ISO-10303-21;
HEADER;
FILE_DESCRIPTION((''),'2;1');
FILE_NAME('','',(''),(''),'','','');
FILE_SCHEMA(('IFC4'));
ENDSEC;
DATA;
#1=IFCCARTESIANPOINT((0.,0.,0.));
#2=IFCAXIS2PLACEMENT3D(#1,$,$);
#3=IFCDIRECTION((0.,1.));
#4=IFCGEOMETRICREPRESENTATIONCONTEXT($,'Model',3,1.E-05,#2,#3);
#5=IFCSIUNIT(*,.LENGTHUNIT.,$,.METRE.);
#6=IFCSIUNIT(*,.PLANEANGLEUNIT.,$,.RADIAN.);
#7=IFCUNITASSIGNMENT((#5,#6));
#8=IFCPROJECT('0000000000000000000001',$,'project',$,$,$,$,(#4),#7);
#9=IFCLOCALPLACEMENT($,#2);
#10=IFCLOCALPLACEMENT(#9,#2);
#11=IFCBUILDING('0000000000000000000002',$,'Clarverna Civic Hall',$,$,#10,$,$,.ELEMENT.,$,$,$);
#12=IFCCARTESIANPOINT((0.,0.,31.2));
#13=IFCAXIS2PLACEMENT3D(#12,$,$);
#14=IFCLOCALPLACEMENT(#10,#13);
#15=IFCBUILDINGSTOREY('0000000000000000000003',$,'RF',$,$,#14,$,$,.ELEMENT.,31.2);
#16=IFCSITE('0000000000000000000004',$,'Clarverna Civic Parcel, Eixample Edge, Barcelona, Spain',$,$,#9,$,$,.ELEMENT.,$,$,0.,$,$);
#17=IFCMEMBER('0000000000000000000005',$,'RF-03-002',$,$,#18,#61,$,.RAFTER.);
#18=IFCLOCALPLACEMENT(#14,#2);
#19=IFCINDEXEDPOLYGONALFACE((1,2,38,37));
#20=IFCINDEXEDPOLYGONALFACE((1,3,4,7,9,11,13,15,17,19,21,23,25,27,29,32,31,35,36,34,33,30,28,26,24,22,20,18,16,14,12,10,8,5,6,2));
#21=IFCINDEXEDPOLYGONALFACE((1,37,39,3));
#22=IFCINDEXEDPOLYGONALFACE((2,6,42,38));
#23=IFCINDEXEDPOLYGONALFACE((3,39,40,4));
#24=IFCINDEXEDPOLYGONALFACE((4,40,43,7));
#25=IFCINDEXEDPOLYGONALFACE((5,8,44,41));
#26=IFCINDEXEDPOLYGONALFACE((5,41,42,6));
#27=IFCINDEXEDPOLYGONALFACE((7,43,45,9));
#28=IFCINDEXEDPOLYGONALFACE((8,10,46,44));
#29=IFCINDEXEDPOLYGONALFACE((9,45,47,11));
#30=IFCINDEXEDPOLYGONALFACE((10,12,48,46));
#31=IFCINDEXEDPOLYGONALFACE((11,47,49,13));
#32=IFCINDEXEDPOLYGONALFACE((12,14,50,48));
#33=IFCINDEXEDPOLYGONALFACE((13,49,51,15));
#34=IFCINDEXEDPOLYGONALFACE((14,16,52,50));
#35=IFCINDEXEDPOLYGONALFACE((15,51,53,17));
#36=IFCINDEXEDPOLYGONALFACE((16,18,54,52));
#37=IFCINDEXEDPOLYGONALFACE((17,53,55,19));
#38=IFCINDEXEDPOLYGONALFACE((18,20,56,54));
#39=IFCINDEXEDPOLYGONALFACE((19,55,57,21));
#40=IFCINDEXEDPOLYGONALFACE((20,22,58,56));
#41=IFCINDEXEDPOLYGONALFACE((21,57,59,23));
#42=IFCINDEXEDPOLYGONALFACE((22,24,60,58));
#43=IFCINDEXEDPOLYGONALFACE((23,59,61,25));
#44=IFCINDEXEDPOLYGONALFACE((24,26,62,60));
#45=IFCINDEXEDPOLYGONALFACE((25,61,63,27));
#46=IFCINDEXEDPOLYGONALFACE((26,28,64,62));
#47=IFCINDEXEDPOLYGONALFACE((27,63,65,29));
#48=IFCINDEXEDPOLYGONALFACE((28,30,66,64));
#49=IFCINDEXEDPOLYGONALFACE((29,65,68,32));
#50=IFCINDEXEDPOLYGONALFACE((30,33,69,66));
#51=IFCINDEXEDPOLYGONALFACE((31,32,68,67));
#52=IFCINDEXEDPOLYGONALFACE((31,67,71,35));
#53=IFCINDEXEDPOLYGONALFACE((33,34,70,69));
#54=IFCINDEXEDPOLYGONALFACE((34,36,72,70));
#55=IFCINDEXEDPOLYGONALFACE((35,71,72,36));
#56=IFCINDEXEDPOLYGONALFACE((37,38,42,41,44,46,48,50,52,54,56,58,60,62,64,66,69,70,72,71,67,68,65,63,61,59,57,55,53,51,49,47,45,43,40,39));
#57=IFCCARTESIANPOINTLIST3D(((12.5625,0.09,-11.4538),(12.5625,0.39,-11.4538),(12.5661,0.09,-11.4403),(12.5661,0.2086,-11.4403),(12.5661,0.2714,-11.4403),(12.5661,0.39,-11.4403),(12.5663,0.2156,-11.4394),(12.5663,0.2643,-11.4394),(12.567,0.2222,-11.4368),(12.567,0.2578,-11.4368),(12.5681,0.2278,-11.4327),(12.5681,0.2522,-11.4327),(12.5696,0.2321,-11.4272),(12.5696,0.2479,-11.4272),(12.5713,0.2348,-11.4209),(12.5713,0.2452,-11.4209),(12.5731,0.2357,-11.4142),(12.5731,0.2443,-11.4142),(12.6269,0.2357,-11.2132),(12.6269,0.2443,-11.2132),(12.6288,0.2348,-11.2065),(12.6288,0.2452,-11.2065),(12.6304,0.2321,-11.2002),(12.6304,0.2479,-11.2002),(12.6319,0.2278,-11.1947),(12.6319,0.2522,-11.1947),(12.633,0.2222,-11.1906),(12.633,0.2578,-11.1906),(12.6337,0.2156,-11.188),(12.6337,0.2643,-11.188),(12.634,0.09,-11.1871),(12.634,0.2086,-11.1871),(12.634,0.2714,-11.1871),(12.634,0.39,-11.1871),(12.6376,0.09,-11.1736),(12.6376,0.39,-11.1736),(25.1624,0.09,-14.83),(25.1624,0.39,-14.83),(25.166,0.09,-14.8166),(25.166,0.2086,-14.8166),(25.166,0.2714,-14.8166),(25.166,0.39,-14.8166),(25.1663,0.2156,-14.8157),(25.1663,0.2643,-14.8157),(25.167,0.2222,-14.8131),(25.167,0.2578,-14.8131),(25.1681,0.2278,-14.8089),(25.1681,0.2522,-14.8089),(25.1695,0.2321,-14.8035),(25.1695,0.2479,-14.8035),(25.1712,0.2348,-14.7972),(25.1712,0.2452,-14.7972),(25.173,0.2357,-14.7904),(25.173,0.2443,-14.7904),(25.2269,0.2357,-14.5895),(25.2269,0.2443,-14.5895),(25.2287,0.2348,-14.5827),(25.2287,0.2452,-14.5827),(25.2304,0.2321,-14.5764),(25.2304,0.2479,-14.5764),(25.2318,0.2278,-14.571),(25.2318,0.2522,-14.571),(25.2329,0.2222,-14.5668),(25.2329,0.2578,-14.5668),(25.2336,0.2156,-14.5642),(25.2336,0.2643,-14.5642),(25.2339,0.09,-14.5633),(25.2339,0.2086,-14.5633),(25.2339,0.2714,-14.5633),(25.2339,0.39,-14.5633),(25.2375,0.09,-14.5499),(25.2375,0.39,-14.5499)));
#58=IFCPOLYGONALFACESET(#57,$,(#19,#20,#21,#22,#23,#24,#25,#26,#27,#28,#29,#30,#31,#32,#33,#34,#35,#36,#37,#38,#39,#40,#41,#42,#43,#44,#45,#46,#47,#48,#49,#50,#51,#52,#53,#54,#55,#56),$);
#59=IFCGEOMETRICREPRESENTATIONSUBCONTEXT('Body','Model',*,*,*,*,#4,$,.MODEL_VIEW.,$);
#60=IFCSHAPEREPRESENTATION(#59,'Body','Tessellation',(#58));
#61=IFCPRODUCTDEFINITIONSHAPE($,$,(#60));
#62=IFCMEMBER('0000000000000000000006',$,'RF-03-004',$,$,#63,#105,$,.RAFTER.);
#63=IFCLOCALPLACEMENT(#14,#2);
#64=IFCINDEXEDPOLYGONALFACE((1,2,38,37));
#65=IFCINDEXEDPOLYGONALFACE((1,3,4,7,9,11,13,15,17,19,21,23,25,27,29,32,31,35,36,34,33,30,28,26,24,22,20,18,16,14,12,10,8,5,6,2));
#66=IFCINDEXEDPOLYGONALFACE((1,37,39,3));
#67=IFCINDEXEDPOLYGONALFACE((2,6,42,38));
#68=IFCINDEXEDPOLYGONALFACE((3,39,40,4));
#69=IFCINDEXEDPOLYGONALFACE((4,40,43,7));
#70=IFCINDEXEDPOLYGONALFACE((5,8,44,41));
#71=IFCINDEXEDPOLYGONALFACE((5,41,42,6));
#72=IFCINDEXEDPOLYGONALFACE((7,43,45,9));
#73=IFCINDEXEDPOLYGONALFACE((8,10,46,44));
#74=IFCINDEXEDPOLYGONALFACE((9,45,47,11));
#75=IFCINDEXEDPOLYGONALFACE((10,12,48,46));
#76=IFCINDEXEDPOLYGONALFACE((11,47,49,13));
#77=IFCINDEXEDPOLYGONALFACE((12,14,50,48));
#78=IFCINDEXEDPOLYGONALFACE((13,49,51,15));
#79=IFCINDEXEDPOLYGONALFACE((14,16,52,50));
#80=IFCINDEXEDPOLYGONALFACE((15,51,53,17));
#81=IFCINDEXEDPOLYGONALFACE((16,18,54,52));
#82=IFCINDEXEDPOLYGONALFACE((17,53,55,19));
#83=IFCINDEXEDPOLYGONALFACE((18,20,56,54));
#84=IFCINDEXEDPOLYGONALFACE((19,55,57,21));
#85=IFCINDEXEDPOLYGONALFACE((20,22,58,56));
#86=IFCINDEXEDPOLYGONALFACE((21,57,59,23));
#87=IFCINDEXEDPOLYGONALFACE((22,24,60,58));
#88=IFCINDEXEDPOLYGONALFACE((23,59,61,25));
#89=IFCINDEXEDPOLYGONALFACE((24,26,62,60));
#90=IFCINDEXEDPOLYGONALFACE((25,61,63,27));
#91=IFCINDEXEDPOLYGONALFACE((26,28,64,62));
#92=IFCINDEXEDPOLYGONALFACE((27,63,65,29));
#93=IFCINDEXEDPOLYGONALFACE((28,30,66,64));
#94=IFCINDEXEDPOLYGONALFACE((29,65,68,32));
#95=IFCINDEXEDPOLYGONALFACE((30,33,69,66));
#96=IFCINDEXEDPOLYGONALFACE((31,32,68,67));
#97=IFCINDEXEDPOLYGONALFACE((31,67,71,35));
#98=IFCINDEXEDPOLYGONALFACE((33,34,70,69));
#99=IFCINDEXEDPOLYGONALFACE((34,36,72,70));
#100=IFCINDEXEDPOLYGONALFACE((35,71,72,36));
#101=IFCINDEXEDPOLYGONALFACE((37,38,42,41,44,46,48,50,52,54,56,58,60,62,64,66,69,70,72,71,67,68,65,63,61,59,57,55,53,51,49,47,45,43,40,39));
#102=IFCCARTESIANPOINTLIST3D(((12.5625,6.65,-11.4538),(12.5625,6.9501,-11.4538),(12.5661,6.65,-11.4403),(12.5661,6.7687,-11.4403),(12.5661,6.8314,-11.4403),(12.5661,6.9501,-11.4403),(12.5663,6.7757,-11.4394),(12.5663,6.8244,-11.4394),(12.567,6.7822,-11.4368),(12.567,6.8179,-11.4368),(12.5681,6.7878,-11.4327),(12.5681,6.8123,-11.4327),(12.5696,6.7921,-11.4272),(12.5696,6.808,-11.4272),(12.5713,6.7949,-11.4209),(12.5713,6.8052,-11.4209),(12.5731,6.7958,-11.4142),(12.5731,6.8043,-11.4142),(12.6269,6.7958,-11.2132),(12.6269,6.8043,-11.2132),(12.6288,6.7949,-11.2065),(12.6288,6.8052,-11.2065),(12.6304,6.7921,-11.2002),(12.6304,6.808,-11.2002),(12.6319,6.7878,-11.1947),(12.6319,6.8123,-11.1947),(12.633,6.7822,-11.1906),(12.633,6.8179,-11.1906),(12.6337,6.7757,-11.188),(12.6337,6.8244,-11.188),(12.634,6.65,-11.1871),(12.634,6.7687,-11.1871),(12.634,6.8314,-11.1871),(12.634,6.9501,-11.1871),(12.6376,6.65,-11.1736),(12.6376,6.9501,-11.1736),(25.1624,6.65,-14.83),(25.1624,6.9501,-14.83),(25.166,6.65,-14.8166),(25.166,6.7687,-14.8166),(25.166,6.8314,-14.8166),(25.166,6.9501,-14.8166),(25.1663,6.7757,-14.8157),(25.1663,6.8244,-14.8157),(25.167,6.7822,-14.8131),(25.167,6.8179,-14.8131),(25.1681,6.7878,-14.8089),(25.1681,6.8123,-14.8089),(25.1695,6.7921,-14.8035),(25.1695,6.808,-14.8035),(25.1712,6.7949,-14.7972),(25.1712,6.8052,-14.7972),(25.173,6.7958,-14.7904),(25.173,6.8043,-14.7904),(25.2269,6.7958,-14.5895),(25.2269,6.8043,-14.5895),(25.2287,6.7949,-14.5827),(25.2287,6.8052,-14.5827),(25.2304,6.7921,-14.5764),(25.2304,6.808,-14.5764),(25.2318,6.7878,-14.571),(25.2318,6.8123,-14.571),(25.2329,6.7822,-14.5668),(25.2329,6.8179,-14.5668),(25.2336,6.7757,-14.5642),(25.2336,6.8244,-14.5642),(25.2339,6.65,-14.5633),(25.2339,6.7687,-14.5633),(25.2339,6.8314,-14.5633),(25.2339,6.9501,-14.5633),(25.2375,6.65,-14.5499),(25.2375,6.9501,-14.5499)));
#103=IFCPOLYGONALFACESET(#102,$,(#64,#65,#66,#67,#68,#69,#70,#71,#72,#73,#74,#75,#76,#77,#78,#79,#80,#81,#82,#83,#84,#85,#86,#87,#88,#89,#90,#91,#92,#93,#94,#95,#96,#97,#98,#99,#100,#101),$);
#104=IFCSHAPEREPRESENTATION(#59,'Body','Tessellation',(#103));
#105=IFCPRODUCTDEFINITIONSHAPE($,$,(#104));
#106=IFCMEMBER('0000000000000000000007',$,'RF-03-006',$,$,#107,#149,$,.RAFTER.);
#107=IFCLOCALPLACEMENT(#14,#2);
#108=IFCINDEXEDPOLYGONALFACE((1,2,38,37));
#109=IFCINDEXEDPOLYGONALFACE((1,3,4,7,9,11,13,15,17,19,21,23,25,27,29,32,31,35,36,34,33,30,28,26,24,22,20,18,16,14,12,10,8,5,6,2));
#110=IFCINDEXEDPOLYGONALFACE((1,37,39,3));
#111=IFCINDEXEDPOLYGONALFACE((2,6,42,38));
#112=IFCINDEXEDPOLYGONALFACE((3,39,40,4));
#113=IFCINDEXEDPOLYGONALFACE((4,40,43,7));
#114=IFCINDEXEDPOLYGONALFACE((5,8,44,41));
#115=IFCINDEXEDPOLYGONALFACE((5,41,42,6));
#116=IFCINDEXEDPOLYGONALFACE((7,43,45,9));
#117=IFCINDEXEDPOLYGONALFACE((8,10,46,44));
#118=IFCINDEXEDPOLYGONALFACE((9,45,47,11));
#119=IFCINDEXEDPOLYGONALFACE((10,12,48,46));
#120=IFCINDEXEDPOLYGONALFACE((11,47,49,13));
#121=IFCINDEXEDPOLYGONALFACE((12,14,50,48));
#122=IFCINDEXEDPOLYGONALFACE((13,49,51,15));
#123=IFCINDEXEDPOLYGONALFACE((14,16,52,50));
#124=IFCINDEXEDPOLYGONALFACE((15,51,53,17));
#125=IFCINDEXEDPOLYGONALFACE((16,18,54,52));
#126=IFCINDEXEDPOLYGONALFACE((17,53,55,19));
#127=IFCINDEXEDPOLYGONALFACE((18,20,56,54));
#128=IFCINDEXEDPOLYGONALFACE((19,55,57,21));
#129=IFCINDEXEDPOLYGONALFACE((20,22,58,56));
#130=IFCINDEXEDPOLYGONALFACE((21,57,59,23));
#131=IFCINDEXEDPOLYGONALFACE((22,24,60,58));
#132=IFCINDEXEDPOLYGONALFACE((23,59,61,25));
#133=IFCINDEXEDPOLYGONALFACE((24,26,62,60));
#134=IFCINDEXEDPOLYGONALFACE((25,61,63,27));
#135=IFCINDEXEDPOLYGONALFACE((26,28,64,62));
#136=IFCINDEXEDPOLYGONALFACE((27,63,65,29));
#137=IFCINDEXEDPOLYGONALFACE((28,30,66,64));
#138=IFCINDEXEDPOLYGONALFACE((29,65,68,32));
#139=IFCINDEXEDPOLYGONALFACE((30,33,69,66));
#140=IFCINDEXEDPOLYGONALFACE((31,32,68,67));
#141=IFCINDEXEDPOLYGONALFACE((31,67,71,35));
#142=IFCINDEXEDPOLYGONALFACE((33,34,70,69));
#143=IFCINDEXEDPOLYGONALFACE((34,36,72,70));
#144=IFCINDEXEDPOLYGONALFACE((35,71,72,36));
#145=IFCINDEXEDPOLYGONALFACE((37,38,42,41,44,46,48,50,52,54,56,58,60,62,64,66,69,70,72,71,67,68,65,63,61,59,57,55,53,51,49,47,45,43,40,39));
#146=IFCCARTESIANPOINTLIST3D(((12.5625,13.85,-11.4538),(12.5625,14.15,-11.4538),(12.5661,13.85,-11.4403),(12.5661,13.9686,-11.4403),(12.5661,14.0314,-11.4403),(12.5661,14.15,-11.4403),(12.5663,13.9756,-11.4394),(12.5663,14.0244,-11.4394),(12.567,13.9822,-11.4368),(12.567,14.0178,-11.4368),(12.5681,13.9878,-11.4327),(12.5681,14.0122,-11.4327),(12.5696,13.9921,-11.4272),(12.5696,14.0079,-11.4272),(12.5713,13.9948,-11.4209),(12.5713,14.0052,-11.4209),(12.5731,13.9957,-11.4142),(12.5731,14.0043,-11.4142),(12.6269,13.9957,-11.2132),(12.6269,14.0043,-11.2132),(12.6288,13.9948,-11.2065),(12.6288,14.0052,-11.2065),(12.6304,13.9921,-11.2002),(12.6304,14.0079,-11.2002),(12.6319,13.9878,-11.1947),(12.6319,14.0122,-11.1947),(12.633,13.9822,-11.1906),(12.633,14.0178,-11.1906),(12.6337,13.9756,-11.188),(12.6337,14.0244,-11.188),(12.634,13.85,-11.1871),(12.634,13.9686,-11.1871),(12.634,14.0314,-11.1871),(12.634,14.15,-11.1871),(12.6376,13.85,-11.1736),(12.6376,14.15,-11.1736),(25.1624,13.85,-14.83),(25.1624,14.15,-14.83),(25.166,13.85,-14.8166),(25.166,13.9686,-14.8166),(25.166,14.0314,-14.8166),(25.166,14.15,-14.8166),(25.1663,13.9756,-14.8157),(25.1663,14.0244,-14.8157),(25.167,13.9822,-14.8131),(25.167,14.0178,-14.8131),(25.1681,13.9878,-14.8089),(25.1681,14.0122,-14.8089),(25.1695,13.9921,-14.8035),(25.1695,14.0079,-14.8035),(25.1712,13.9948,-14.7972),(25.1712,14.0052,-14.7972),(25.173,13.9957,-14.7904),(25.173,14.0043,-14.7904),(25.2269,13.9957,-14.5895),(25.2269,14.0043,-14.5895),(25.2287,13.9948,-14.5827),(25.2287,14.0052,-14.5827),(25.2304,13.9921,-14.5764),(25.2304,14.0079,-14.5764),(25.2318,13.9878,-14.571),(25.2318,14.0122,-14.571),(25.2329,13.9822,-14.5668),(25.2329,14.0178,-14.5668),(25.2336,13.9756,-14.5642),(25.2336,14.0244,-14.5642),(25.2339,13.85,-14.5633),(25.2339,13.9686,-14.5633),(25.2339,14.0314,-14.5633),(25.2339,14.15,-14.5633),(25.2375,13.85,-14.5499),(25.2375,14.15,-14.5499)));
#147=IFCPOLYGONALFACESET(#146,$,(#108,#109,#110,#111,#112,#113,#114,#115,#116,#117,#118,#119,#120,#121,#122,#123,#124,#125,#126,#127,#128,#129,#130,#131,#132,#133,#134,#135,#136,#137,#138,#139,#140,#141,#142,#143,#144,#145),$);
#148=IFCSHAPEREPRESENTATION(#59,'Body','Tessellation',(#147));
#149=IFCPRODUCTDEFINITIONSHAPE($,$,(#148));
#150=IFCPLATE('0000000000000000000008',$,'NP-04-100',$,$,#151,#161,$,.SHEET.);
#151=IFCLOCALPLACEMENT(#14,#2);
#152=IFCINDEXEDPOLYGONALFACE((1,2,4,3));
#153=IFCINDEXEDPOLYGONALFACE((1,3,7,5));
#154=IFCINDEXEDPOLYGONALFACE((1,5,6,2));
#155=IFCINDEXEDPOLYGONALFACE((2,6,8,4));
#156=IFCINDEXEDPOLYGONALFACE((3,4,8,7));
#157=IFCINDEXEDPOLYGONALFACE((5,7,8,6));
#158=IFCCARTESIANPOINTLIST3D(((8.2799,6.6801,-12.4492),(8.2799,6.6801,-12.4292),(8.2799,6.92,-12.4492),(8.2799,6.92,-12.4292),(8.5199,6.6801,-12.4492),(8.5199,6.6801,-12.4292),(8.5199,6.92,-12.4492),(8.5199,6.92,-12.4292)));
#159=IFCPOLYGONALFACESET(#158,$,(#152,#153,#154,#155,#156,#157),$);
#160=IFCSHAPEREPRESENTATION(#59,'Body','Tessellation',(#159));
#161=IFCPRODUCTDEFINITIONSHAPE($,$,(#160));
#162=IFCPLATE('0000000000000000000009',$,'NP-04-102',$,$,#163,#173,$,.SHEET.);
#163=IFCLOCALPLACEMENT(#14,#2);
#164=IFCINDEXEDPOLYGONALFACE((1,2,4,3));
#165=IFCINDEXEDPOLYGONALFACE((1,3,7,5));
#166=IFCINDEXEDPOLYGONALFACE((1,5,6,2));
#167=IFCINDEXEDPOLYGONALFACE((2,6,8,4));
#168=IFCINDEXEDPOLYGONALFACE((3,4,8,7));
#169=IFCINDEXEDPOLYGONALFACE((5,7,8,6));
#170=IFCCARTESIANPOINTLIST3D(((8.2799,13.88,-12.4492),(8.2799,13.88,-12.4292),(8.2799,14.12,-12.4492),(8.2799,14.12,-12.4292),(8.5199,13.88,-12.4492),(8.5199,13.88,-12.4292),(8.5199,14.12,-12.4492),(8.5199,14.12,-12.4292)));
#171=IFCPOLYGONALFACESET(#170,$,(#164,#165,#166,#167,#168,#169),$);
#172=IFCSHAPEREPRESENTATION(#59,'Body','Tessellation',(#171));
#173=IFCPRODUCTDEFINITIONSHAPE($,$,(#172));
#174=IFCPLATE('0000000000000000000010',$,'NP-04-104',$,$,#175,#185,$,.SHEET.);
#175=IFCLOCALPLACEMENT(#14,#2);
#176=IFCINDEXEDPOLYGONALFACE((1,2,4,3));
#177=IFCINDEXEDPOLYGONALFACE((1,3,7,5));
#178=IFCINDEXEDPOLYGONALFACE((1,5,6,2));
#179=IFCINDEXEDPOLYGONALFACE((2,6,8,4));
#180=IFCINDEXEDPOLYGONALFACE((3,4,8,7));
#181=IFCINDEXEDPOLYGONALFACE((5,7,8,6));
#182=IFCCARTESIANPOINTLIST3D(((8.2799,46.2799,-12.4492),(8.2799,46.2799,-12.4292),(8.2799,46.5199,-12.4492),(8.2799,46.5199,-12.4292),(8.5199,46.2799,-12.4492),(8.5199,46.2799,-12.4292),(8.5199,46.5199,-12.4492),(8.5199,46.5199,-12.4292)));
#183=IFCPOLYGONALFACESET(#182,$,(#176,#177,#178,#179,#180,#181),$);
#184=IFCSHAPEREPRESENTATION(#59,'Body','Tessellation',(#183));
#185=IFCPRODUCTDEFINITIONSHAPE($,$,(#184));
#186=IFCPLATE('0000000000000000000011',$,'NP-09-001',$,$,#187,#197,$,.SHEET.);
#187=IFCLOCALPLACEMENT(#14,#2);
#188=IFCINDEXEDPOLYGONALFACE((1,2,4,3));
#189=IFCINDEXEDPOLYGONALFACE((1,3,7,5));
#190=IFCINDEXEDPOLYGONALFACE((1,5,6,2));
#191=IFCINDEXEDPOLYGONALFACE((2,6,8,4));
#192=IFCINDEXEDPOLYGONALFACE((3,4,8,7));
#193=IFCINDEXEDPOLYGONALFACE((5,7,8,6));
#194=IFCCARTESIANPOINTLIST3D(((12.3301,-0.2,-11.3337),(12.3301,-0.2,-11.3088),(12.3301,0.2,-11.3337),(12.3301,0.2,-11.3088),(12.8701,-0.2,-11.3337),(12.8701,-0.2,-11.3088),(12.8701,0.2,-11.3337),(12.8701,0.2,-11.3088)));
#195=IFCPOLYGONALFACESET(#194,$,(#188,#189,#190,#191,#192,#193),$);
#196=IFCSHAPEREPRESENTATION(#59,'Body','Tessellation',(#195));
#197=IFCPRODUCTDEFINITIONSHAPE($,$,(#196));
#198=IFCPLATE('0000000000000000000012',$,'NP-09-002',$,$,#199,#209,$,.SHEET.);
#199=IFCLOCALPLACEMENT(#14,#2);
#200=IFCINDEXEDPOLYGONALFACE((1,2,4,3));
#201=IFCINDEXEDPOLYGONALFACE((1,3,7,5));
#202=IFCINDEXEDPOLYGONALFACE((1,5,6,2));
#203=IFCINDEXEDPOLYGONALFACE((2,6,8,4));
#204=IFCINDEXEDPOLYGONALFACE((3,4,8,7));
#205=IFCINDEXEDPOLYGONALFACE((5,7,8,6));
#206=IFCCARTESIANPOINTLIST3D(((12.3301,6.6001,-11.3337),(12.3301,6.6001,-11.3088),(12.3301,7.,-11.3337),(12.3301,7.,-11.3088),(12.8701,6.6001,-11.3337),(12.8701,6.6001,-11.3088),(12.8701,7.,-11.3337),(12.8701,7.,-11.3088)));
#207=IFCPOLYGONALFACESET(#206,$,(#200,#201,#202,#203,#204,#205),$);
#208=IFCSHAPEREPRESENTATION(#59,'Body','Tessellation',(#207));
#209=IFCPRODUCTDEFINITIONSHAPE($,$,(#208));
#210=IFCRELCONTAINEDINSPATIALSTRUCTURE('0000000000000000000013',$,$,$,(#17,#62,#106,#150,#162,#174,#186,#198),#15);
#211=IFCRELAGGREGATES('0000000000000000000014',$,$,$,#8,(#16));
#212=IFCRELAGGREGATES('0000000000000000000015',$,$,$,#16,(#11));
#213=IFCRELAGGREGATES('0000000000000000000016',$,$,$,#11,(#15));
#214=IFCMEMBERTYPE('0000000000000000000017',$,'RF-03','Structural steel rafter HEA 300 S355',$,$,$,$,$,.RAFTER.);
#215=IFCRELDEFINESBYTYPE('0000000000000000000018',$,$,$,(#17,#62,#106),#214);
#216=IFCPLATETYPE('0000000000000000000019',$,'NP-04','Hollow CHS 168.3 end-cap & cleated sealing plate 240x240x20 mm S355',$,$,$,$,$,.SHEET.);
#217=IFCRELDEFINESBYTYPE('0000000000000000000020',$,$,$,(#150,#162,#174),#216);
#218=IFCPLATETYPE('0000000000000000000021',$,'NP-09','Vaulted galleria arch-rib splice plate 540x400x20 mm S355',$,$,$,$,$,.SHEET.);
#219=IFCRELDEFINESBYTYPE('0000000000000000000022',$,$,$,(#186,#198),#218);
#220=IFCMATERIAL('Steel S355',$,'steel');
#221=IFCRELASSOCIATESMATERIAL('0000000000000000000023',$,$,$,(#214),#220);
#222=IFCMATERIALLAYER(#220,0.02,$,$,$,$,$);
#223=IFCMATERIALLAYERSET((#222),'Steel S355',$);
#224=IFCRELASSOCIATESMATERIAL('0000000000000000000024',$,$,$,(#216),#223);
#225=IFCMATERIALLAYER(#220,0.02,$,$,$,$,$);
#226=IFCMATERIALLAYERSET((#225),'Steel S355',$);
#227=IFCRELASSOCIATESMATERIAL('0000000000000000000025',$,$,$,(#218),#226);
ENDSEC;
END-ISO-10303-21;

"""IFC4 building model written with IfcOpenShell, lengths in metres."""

from ifc_helpers import new_model, si_unit, direction, frame, origin, origin_2d, place, context, subcontext, project, spatial, rectangle, i_section, extrude, material, layer, layer_set, material_profile, profile_set, type_object, element, save


model = new_model("IFC4")

# Units and contexts
model_context = context("Model", 3, precision=1e-05, world=origin(), true_north=direction((0.0, 1.0)))
body_context = subcontext(model_context, "Body", "Model", "MODEL_VIEW")
ifc_project = project(units=[si_unit("LENGTHUNIT", "METRE"), si_unit("PLANEANGLEUNIT", "RADIAN")], contexts=[model_context])

# Site, building, storey
site_placement = place(None, origin())
site = spatial("IfcSite", under=ifc_project, at=site_placement, Name="Clarverna Civic Parcel, Eixample Edge, Barcelona, Spain", CompositionType="ELEMENT", RefElevation=0.0)
building_placement = place(site_placement, origin())
building = spatial("IfcBuilding", under=site, at=building_placement, Name="Clarverna Civic Hall", CompositionType="ELEMENT")
storey_placement = place(building_placement, frame((0.0, 0.0, 31.2)))
storey = spatial("IfcBuildingStorey", under=building, at=storey_placement, Name="RF", CompositionType="ELEMENT", Elevation=31.2)

# Members
ifc_material_1 = material(Name="Steel S355", Category="steel")
ifc_material_profile_1 = material_profile(ifc_material_1, i_section(OverallWidth=0.3, OverallDepth=0.29, WebThickness=0.0085, FlangeThickness=0.0139, FilletRadius=0.0271, at=origin_2d()), Name="HEA 300")
ifc_profile_set_1 = profile_set([ifc_material_profile_1], Name="Steel S355")
member_type_1 = type_object("IfcMemberType", Name="RF-03", Description="Structural steel rafter HEA 300 S355", PredefinedType="RAFTER", material=ifc_profile_set_1)
for number, where, z_axis, x_axis, name in (
    (1, (25.2, 0.24, -14.6899), (-0.965924, 0.0, 0.258826), (0.0, -1.0, 0.0), "RF-03-002"),
    (2, (25.2, 6.8, -14.6899), (-0.965924, 0.0, 0.258826), (0.0, -1.0, 0.0), "RF-03-004"),
    (3, (25.2, 14.0, -14.6899), (-0.965924, 0.0, 0.258826), (0.0, -1.0, 0.0), "RF-03-006"),
):
    element("IfcMember", number, at=place(storey_placement, frame(where, z_axis=z_axis, x_axis=x_axis)), inside=storey, type_object=member_type_1, Name=name, PredefinedType="RAFTER", context=body_context, shape_type="SweptSolid", body=[
        extrude(i_section(OverallWidth=0.3, OverallDepth=0.29, WebThickness=0.0085, FlangeThickness=0.0139, FilletRadius=0.0271, at=origin_2d()), origin(), (0.0, 0.0, 1.0), 13.0444),
    ])

# Plates
ifc_layer_1 = layer(ifc_material_1, 0.02)
ifc_layer_set_1 = layer_set([ifc_layer_1], Name="Steel S355")
plate_type_1 = type_object("IfcPlateType", Name="NP-04", Description="Hollow CHS 168.3 end-cap & cleated sealing plate 240x240x20 mm S355", PredefinedType="SHEET", material=ifc_layer_set_1)
for number, where, z_axis, x_axis, name in (
    (4, (8.3999, 6.8, -12.4492), (0.0, 0.0, 1.0), (1.0, 0.0, 0.0), "NP-04-100"),
    (5, (8.3999, 14.0, -12.4492), (0.0, 0.0, 1.0), (1.0, 0.0, 0.0), "NP-04-102"),
    (6, (8.3999, 46.3999, -12.4492), (0.0, 0.0, 1.0), (1.0, 0.0, 0.0), "NP-04-104"),
):
    element("IfcPlate", number, at=place(storey_placement, frame(where, z_axis=z_axis, x_axis=x_axis)), inside=storey, type_object=plate_type_1, Name=name, PredefinedType="SHEET", context=body_context, shape_type="SweptSolid", body=[
        extrude(rectangle(XDim=0.24, YDim=0.24, at=origin_2d()), origin(), (0.0, 0.0, 1.0), 0.02),
    ])
ifc_layer_2 = layer(ifc_material_1, 0.02)
ifc_layer_set_2 = layer_set([ifc_layer_2], Name="Steel S355")
plate_type_2 = type_object("IfcPlateType", Name="NP-09", Description="Vaulted galleria arch-rib splice plate 540x400x20 mm S355", PredefinedType="SHEET", material=ifc_layer_set_2)
for number, where, z_axis, x_axis, name in (
    (7, (12.6001, 0.0, -11.3337), (0.0, 0.0, 1.0), (1.0, 0.0, 0.0), "NP-09-001"),
    (8, (12.6001, 6.8, -11.3337), (0.0, 0.0, 1.0), (1.0, 0.0, 0.0), "NP-09-002"),
):
    element("IfcPlate", number, at=place(storey_placement, frame(where, z_axis=z_axis, x_axis=x_axis)), inside=storey, type_object=plate_type_2, Name=name, PredefinedType="SHEET", context=body_context, shape_type="SweptSolid", body=[
        extrude(rectangle(XDim=0.54, YDim=0.3999, at=origin_2d()), origin(), (0.0, 0.0, 1.0), 0.0249),
    ])

save(model, "model.ifc")
